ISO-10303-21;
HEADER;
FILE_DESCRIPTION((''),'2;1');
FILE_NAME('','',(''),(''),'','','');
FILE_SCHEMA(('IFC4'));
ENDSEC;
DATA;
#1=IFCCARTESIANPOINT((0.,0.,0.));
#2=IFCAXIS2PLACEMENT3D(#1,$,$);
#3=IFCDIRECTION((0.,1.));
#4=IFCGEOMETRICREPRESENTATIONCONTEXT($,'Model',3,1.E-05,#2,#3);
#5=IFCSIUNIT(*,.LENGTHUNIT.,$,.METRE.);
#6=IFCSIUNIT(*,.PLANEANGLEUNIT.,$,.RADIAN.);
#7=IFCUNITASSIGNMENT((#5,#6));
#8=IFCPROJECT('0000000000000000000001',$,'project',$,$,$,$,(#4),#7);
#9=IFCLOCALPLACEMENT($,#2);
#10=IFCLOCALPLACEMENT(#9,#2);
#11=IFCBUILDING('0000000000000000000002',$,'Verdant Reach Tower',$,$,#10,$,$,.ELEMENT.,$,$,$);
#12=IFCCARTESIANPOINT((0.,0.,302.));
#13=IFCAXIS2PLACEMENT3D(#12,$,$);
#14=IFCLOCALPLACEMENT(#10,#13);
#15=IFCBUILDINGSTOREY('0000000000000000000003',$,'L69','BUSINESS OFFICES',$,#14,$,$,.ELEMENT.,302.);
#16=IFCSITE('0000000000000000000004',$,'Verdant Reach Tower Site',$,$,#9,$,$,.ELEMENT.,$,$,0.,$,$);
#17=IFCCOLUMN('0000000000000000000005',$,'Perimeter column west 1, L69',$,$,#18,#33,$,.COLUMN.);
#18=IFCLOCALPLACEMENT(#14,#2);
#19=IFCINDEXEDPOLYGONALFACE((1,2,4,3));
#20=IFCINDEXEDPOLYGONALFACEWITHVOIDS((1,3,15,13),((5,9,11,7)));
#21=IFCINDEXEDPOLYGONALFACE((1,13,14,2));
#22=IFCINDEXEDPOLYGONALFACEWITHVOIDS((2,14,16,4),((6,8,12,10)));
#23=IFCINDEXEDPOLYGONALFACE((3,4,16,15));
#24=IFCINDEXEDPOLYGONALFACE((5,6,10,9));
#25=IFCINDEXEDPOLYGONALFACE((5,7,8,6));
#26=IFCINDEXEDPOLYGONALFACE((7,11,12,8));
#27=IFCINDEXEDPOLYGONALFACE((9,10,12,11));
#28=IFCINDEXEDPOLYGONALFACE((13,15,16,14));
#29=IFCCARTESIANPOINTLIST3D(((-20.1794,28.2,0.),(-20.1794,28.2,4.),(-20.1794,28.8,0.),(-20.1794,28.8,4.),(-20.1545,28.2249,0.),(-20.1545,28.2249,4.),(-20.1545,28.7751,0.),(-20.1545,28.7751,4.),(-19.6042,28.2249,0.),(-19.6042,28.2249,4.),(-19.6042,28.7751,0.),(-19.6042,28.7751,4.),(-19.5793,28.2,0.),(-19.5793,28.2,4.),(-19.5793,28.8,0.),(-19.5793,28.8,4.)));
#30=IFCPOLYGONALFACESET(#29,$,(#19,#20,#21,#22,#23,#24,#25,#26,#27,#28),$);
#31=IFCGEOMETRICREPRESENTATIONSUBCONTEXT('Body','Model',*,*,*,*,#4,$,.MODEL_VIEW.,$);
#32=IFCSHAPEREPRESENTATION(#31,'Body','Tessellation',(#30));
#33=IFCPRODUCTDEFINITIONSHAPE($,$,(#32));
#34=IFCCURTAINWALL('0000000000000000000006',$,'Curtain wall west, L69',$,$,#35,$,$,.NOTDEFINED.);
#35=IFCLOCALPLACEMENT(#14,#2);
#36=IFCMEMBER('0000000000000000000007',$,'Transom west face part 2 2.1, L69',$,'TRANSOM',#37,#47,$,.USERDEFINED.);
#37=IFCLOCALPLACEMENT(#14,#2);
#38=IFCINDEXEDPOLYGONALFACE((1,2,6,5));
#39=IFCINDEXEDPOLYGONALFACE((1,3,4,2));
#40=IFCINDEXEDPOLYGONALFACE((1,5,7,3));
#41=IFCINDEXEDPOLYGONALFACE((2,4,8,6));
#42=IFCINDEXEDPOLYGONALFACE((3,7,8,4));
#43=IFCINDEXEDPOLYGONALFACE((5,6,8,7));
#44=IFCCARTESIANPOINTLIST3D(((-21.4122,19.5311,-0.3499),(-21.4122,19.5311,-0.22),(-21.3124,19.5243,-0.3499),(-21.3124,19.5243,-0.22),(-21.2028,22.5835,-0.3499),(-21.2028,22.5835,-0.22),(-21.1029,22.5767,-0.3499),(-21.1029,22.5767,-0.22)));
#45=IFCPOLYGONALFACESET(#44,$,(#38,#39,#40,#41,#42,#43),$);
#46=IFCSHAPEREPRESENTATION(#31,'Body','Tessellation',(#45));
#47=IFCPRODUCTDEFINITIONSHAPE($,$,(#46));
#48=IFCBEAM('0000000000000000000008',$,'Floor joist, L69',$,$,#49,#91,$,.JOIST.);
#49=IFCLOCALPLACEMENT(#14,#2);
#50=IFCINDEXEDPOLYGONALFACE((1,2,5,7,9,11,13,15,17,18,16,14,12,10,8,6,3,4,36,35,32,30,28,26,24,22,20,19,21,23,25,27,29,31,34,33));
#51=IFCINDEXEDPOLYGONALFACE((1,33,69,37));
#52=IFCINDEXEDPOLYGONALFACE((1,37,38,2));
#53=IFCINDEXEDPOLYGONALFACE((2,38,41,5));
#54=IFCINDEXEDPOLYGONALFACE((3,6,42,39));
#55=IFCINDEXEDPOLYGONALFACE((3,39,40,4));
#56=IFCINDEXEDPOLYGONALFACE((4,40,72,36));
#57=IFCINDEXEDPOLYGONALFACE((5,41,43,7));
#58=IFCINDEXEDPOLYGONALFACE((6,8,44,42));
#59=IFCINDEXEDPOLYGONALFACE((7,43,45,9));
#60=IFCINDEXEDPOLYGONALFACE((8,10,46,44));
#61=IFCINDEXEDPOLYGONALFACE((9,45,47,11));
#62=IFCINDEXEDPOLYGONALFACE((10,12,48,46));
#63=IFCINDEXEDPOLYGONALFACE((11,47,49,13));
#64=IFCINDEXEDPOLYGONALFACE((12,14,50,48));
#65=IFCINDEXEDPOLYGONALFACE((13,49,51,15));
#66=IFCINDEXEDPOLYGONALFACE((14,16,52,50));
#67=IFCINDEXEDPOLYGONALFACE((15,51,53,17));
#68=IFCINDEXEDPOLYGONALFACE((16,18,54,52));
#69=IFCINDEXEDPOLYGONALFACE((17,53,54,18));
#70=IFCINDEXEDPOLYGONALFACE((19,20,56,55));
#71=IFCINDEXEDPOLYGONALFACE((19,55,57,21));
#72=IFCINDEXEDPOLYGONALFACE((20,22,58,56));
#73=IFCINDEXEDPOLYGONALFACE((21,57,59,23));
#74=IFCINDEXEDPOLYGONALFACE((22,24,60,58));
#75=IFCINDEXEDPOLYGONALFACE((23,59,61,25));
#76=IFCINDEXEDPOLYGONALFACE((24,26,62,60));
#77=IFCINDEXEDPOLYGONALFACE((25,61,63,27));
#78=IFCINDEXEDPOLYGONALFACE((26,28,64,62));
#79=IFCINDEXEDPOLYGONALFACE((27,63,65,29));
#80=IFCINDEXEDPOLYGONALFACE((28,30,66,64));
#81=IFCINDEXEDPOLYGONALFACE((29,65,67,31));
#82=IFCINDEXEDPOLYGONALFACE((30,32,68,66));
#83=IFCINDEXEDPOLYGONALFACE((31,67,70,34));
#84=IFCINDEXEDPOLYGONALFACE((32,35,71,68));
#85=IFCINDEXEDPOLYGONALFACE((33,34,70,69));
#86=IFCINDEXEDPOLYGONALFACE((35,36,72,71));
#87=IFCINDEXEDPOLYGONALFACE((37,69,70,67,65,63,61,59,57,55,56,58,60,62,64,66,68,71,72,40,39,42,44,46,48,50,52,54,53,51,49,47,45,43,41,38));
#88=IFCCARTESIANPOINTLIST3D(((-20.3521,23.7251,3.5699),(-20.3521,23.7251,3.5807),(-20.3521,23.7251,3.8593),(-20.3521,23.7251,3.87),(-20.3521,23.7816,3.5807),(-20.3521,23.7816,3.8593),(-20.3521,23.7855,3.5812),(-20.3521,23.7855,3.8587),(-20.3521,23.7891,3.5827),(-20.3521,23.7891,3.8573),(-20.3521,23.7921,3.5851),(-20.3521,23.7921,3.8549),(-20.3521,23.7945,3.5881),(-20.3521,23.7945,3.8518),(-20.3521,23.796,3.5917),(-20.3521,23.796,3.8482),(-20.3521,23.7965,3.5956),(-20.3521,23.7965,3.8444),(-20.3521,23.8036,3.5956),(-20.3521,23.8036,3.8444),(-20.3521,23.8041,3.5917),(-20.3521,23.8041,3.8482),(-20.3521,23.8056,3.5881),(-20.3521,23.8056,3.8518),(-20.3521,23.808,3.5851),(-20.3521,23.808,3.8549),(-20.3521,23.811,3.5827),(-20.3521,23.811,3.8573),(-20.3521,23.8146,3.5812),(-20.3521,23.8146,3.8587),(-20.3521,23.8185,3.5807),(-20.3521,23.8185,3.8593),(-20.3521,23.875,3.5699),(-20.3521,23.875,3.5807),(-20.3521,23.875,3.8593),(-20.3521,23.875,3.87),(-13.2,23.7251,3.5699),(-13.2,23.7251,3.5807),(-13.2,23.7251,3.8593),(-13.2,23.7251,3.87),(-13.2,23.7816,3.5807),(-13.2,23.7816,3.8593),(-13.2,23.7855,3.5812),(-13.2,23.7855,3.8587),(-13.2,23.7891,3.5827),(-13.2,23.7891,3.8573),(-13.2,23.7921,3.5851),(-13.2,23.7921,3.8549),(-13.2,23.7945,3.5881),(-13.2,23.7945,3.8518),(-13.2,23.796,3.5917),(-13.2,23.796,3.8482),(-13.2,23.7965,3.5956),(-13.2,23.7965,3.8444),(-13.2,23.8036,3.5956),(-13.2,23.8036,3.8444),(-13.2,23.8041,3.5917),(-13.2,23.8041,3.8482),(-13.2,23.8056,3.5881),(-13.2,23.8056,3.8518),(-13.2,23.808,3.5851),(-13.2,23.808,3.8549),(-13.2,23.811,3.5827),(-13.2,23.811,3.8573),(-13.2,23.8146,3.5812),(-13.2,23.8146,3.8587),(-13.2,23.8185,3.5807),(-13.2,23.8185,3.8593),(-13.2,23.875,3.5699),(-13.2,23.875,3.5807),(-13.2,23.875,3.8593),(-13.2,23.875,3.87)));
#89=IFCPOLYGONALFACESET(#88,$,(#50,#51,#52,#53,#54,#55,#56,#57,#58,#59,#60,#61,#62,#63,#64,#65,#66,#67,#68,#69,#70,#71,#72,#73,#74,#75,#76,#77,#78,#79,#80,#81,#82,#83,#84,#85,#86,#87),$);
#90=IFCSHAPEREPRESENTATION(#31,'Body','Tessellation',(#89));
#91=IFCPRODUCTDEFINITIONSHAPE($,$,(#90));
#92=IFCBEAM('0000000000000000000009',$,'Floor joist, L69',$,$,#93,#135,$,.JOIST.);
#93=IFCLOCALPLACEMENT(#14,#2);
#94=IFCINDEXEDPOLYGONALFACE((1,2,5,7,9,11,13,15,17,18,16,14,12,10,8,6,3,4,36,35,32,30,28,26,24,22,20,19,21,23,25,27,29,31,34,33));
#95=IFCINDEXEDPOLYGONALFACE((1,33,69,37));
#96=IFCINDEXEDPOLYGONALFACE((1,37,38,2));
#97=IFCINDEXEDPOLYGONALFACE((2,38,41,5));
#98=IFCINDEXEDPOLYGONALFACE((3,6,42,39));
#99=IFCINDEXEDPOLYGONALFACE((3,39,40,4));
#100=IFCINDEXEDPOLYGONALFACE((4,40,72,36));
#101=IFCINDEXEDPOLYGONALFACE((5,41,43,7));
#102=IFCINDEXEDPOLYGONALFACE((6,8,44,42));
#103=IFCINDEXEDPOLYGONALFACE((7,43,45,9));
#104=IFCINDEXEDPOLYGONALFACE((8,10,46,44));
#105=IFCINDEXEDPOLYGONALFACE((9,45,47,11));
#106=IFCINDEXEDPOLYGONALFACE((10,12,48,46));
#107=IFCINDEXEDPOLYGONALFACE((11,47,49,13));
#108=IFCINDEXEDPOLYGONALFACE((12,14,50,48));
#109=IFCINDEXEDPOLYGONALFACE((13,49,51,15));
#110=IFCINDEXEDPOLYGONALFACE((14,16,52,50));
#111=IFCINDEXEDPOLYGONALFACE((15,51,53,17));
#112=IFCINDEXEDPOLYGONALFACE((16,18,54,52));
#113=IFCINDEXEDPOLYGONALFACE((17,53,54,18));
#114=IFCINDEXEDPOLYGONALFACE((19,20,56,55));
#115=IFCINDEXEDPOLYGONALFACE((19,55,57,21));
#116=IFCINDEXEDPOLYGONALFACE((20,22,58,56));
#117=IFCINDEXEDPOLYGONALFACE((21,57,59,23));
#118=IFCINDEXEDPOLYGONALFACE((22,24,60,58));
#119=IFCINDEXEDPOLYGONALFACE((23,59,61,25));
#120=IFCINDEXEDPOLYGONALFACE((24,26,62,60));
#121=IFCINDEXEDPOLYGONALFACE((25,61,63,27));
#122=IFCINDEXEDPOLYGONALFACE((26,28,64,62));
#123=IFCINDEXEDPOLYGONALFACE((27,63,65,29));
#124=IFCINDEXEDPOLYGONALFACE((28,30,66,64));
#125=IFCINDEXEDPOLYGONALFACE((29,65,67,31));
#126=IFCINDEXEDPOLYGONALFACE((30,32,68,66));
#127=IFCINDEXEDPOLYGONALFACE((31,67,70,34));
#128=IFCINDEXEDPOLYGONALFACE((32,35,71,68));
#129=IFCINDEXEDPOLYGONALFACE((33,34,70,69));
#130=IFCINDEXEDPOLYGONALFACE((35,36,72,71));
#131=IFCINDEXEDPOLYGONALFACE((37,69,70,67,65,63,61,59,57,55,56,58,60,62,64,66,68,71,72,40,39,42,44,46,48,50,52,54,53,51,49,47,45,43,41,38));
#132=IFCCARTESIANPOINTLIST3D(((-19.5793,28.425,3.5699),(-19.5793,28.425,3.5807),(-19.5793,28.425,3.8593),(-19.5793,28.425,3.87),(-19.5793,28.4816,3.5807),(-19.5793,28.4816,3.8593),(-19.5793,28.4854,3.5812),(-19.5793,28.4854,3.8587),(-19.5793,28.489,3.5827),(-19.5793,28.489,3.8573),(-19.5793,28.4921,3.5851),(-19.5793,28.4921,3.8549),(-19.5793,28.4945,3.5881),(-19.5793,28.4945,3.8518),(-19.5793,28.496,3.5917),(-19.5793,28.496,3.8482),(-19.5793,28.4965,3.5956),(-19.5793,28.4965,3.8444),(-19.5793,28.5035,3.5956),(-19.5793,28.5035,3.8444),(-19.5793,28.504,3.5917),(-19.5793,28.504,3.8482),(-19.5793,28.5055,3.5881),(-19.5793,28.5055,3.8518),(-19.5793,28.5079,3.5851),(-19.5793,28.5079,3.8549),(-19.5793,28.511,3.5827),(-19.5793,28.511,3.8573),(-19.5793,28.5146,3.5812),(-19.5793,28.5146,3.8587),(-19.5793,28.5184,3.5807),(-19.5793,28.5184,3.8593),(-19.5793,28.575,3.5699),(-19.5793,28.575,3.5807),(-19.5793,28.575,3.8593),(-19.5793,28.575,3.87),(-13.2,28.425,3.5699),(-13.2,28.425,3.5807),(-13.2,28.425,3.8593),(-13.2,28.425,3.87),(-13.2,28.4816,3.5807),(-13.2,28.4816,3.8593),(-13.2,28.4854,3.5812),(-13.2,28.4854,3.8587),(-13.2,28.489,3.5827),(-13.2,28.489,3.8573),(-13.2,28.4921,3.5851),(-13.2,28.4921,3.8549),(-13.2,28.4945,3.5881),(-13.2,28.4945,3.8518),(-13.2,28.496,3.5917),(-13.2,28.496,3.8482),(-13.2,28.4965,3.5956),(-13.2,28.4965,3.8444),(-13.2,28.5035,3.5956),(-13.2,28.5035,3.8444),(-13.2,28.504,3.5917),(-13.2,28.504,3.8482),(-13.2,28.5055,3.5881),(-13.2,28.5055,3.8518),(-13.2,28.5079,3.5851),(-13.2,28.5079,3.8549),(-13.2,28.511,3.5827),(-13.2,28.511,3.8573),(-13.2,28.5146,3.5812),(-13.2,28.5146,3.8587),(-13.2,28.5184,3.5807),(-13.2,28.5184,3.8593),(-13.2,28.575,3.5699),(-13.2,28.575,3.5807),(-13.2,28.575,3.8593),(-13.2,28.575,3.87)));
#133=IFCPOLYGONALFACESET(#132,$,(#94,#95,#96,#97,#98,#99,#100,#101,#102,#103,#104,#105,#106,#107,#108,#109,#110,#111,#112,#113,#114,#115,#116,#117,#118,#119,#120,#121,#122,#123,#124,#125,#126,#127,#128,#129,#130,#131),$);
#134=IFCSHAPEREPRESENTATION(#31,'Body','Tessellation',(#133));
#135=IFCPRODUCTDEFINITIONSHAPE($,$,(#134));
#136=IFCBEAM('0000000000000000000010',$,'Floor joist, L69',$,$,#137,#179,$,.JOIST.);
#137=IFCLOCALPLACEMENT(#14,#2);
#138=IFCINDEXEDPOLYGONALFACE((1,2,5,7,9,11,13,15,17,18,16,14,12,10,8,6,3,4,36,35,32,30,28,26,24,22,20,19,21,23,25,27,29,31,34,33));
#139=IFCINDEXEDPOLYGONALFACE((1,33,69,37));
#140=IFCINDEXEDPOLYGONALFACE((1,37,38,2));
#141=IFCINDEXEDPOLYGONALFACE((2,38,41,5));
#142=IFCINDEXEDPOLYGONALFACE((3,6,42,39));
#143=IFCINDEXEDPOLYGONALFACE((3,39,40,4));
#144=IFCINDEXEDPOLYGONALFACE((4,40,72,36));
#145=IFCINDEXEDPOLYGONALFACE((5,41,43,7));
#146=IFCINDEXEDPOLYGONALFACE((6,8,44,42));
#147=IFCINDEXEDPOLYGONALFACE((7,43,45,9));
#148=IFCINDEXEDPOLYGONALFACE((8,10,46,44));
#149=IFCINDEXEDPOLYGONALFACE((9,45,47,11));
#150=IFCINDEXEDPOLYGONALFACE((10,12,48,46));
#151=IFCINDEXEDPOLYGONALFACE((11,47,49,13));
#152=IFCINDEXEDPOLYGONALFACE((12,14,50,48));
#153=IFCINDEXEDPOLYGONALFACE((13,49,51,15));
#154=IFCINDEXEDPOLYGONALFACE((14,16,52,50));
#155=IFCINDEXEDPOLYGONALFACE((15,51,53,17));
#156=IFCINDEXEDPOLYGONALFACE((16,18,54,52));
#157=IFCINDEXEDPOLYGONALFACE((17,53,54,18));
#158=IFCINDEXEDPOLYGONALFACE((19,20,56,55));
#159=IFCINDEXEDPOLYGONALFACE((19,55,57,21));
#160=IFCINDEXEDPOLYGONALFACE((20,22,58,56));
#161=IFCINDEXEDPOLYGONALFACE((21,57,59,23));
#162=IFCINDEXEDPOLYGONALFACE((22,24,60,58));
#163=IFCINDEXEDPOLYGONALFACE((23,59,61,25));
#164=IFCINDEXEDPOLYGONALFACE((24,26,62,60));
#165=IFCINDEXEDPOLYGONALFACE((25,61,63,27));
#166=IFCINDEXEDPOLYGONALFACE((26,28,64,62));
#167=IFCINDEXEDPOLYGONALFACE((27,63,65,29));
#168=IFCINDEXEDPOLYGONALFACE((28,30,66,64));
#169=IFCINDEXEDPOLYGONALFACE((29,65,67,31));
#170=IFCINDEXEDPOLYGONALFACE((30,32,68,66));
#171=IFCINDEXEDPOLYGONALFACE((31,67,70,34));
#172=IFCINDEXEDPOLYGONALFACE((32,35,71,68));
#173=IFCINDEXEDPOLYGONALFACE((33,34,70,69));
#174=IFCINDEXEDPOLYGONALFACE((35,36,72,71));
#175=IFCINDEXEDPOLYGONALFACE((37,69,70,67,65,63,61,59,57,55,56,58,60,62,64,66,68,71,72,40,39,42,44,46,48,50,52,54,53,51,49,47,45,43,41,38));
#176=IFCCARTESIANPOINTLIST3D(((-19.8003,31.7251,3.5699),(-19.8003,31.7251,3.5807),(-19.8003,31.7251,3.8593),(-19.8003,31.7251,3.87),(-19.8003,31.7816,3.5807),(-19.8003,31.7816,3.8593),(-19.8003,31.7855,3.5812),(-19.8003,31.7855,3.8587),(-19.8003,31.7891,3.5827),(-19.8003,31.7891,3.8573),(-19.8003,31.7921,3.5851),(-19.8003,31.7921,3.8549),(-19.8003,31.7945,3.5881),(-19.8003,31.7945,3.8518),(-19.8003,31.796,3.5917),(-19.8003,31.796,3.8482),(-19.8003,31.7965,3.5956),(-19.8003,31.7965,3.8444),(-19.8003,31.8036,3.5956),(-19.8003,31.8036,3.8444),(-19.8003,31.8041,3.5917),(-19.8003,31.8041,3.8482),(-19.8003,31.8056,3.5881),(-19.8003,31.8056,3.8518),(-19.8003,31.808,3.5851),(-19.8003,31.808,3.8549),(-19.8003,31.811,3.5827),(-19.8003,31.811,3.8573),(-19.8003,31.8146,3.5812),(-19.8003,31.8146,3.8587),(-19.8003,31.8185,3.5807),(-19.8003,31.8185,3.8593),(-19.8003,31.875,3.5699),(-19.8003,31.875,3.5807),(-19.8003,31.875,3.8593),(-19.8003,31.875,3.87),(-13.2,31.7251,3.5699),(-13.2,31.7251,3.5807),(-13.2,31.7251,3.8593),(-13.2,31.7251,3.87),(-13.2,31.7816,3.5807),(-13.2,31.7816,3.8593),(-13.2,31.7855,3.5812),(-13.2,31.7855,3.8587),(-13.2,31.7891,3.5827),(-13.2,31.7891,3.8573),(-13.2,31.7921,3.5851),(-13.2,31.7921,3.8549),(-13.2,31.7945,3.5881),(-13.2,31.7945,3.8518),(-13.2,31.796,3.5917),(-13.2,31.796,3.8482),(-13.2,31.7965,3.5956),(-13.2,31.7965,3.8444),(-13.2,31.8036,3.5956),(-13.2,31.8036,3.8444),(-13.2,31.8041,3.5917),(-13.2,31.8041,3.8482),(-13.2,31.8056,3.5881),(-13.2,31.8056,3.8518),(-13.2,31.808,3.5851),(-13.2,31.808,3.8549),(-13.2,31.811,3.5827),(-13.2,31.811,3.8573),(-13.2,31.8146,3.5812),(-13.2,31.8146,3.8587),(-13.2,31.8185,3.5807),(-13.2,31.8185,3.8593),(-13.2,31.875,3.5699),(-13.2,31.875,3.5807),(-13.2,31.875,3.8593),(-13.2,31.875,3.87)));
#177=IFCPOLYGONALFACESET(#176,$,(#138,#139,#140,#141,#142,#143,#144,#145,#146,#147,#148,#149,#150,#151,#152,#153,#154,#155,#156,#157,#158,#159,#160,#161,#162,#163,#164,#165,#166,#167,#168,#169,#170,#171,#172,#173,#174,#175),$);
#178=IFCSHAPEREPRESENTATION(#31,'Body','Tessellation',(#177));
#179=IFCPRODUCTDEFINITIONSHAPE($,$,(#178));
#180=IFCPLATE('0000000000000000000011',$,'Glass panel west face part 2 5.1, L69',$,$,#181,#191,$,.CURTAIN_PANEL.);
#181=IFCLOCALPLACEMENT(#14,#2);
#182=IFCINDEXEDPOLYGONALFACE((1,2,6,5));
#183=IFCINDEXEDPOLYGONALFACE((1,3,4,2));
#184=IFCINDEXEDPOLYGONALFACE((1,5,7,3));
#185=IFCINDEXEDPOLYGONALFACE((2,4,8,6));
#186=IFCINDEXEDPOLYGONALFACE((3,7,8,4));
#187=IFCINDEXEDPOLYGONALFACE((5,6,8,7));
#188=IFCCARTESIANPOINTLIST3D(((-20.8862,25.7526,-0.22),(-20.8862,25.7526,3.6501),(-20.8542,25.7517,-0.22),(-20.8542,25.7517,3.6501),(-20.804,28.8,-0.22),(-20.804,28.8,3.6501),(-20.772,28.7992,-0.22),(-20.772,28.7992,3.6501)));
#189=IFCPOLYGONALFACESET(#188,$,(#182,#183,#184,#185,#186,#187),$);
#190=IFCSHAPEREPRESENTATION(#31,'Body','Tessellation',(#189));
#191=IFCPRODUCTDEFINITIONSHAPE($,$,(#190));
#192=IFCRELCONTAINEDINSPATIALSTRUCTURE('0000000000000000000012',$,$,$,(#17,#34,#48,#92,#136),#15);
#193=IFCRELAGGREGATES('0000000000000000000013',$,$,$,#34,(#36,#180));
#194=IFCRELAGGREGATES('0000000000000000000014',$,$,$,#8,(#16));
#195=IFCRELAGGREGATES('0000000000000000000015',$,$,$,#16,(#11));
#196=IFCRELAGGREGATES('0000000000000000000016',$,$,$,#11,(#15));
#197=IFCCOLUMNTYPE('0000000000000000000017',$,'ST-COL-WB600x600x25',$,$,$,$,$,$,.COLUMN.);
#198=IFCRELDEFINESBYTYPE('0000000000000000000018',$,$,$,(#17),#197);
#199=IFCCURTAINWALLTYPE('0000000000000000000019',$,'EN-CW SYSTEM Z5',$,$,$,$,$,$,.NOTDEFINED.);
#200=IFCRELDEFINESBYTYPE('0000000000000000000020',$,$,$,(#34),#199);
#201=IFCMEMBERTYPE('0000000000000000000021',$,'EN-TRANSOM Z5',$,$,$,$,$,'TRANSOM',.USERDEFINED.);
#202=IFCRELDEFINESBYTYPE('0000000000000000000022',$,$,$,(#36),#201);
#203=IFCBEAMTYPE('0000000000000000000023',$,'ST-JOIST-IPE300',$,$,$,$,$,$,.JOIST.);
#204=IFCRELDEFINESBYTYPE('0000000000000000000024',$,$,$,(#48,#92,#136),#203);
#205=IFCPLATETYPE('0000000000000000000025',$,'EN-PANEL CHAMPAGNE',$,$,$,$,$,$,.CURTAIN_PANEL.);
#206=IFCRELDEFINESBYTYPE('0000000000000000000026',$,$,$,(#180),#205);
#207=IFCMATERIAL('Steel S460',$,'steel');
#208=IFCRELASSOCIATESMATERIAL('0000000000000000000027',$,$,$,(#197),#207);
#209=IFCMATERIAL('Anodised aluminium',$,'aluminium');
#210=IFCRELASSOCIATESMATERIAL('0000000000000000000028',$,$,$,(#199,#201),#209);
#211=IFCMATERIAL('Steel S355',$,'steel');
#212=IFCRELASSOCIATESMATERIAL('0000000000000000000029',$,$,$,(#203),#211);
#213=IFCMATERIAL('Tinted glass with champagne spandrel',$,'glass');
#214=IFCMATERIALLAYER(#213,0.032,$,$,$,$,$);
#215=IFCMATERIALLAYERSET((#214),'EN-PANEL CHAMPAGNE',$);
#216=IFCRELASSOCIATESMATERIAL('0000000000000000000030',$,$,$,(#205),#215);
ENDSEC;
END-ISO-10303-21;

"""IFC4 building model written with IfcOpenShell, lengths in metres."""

from ifc_helpers import new_model, si_unit, direction, frame, origin, origin_2d, place, context, subcontext, project, spatial, rectangle, hollow_rectangle, i_section, extrude, material, layer, layer_set, material_profile, profile_set, type_object, element, aggregate, save


model = new_model("IFC4")

# Units and contexts
model_context = context("Model", 3, precision=1e-05, world=origin(), true_north=direction((0.0, 1.0)))
body_context = subcontext(model_context, "Body", "Model", "MODEL_VIEW")
ifc_project = project(units=[si_unit("LENGTHUNIT", "METRE"), si_unit("PLANEANGLEUNIT", "RADIAN")], contexts=[model_context])

# Site, building, storey
site_placement = place(None, origin())
site = spatial("IfcSite", under=ifc_project, at=site_placement, Name="Verdant Reach Tower Site", CompositionType="ELEMENT", RefElevation=0.0)
building_placement = place(site_placement, origin())
building = spatial("IfcBuilding", under=site, at=building_placement, Name="Verdant Reach Tower", CompositionType="ELEMENT")
storey_placement = place(building_placement, frame((0.0, 0.0, 302.0)))
storey = spatial("IfcBuildingStorey", under=building, at=storey_placement, Name="L69", Description="BUSINESS OFFICES", CompositionType="ELEMENT", Elevation=302.0)

# Column
ifc_material_1 = material(Name="Steel S460", Category="steel")
ifc_material_profile_1 = material_profile(ifc_material_1, hollow_rectangle(XDim=0.6001, YDim=0.6001, WallThickness=0.0249, at=origin_2d()), Name="WB 600x600x25")
ifc_profile_set_1 = profile_set([ifc_material_profile_1], Name="Steel S460")
column_type = type_object("IfcColumnType", Name="ST-COL-WB600x600x25", PredefinedType="COLUMN", material=ifc_profile_set_1)
column_placement = place(storey_placement, frame((-19.8794, 28.5, 0.0), z_axis=(0.0, 0.0, 1.0), x_axis=(1.0, 0.0, 0.0)))
element("IfcColumn", 1, at=column_placement, inside=storey, type_object=column_type, Name="Perimeter column west 1, L69", PredefinedType="COLUMN", context=body_context, shape_type="SweptSolid", body=[
    extrude(hollow_rectangle(XDim=0.6001, YDim=0.6001, WallThickness=0.0249, at=origin_2d()), origin(), (0.0, 0.0, 1.0), 4.0),
])

# Curtain wall, member
ifc_material_2 = material(Name="Anodised aluminium", Category="aluminium")
curtain_wall_type = type_object("IfcCurtainWallType", Name="EN-CW SYSTEM Z5", PredefinedType="NOTDEFINED", material=ifc_material_2)
curtain_wall_placement = place(storey_placement, origin())
curtain_wall = element("IfcCurtainWall", 2, at=curtain_wall_placement, inside=storey, type_object=curtain_wall_type, Name="Curtain wall west, L69", PredefinedType="NOTDEFINED")
ifc_material_profile_2 = material_profile(ifc_material_2, rectangle(XDim=0.1001, YDim=0.1299, at=origin_2d()), Name="Transom 130x100")
ifc_profile_set_2 = profile_set([ifc_material_profile_2], Name="Anodised aluminium")
member_type = type_object("IfcMemberType", Name="EN-TRANSOM Z5", ElementType="TRANSOM", PredefinedType="USERDEFINED", material=ifc_profile_set_2)
member_placement = place(storey_placement, frame((-21.1528, 22.5801, -0.2849), z_axis=(-0.068463, -0.997654, 0.0), x_axis=(0.997654, -0.068463, 0.0)))
member = element("IfcMember", 3, at=member_placement, type_object=member_type, Name="Transom west face part 2 2.1, L69", ObjectType="TRANSOM", PredefinedType="USERDEFINED", context=body_context, shape_type="SweptSolid", body=[
    extrude(rectangle(XDim=0.1001, YDim=0.1299, at=origin_2d()), origin(), (0.0, 0.0, 1.0), 3.0596),
])

# Beams
ifc_material_3 = material(Name="Steel S355", Category="steel")
ifc_material_profile_3 = material_profile(ifc_material_3, i_section(OverallWidth=0.1499, OverallDepth=0.3, WebThickness=0.0071, FlangeThickness=0.0107, FilletRadius=0.0149, at=origin_2d()), Name="IPE 300")
ifc_profile_set_3 = profile_set([ifc_material_profile_3], Name="Steel S355")
beam_type = type_object("IfcBeamType", Name="ST-JOIST-IPE300", PredefinedType="JOIST", material=ifc_profile_set_3)
beam_1_placement = place(storey_placement, frame((-13.2, 23.8, 3.72), z_axis=(-1.0, 0.0, 0.0), x_axis=(0.0, -1.0, 0.0)))
element("IfcBeam", 4, at=beam_1_placement, inside=storey, type_object=beam_type, Name="Floor joist, L69", PredefinedType="JOIST", context=body_context, shape_type="SweptSolid", body=[
    extrude(i_section(OverallWidth=0.1499, OverallDepth=0.3, WebThickness=0.0071, FlangeThickness=0.0107, FilletRadius=0.0149, at=origin_2d()), origin(), (0.0, 0.0, 1.0), 7.1521),
])
beam_2_placement = place(storey_placement, frame((-13.2, 28.5, 3.72), z_axis=(-1.0, 0.0, 0.0), x_axis=(0.0, -1.0, 0.0)))
element("IfcBeam", 5, at=beam_2_placement, inside=storey, type_object=beam_type, Name="Floor joist, L69", PredefinedType="JOIST", context=body_context, shape_type="SweptSolid", body=[
    extrude(i_section(OverallWidth=0.1499, OverallDepth=0.3, WebThickness=0.0071, FlangeThickness=0.0107, FilletRadius=0.0149, at=origin_2d()), origin(), (0.0, 0.0, 1.0), 6.3794),
])
beam_3_placement = place(storey_placement, frame((-13.2, 31.8, 3.72), z_axis=(-1.0, 0.0, 0.0), x_axis=(0.0, -1.0, 0.0)))
element("IfcBeam", 6, at=beam_3_placement, inside=storey, type_object=beam_type, Name="Floor joist, L69", PredefinedType="JOIST", context=body_context, shape_type="SweptSolid", body=[
    extrude(i_section(OverallWidth=0.1499, OverallDepth=0.3, WebThickness=0.0071, FlangeThickness=0.0107, FilletRadius=0.0149, at=origin_2d()), origin(), (0.0, 0.0, 1.0), 6.6003),
])

# Plate
ifc_material_4 = material(Name="Tinted glass with champagne spandrel", Category="glass")
ifc_layer_1 = layer(ifc_material_4, 0.032)
ifc_layer_set_1 = layer_set([ifc_layer_1], Name="EN-PANEL CHAMPAGNE")
plate_type_1 = type_object("IfcPlateType", Name="EN-PANEL CHAMPAGNE", PredefinedType="CURTAIN_PANEL", material=ifc_layer_set_1)
plate_1_placement = place(storey_placement, frame((-20.8291, 27.2759, -0.22), z_axis=(0.0, 0.0, 1.0), x_axis=(-0.026965, -0.999636, 0.0)))
plate_1 = element("IfcPlate", 7, at=plate_1_placement, type_object=plate_type_1, Name="Glass panel west face part 2 5.1, L69", PredefinedType="CURTAIN_PANEL", context=body_context, shape_type="SweptSolid", body=[
    extrude(rectangle(XDim=3.0486, YDim=0.032, at=origin_2d()), origin(), (0.0, 0.0, 1.0), 3.8701),
])
aggregate(curtain_wall, [member, plate_1])

save(model, "model.ifc")
